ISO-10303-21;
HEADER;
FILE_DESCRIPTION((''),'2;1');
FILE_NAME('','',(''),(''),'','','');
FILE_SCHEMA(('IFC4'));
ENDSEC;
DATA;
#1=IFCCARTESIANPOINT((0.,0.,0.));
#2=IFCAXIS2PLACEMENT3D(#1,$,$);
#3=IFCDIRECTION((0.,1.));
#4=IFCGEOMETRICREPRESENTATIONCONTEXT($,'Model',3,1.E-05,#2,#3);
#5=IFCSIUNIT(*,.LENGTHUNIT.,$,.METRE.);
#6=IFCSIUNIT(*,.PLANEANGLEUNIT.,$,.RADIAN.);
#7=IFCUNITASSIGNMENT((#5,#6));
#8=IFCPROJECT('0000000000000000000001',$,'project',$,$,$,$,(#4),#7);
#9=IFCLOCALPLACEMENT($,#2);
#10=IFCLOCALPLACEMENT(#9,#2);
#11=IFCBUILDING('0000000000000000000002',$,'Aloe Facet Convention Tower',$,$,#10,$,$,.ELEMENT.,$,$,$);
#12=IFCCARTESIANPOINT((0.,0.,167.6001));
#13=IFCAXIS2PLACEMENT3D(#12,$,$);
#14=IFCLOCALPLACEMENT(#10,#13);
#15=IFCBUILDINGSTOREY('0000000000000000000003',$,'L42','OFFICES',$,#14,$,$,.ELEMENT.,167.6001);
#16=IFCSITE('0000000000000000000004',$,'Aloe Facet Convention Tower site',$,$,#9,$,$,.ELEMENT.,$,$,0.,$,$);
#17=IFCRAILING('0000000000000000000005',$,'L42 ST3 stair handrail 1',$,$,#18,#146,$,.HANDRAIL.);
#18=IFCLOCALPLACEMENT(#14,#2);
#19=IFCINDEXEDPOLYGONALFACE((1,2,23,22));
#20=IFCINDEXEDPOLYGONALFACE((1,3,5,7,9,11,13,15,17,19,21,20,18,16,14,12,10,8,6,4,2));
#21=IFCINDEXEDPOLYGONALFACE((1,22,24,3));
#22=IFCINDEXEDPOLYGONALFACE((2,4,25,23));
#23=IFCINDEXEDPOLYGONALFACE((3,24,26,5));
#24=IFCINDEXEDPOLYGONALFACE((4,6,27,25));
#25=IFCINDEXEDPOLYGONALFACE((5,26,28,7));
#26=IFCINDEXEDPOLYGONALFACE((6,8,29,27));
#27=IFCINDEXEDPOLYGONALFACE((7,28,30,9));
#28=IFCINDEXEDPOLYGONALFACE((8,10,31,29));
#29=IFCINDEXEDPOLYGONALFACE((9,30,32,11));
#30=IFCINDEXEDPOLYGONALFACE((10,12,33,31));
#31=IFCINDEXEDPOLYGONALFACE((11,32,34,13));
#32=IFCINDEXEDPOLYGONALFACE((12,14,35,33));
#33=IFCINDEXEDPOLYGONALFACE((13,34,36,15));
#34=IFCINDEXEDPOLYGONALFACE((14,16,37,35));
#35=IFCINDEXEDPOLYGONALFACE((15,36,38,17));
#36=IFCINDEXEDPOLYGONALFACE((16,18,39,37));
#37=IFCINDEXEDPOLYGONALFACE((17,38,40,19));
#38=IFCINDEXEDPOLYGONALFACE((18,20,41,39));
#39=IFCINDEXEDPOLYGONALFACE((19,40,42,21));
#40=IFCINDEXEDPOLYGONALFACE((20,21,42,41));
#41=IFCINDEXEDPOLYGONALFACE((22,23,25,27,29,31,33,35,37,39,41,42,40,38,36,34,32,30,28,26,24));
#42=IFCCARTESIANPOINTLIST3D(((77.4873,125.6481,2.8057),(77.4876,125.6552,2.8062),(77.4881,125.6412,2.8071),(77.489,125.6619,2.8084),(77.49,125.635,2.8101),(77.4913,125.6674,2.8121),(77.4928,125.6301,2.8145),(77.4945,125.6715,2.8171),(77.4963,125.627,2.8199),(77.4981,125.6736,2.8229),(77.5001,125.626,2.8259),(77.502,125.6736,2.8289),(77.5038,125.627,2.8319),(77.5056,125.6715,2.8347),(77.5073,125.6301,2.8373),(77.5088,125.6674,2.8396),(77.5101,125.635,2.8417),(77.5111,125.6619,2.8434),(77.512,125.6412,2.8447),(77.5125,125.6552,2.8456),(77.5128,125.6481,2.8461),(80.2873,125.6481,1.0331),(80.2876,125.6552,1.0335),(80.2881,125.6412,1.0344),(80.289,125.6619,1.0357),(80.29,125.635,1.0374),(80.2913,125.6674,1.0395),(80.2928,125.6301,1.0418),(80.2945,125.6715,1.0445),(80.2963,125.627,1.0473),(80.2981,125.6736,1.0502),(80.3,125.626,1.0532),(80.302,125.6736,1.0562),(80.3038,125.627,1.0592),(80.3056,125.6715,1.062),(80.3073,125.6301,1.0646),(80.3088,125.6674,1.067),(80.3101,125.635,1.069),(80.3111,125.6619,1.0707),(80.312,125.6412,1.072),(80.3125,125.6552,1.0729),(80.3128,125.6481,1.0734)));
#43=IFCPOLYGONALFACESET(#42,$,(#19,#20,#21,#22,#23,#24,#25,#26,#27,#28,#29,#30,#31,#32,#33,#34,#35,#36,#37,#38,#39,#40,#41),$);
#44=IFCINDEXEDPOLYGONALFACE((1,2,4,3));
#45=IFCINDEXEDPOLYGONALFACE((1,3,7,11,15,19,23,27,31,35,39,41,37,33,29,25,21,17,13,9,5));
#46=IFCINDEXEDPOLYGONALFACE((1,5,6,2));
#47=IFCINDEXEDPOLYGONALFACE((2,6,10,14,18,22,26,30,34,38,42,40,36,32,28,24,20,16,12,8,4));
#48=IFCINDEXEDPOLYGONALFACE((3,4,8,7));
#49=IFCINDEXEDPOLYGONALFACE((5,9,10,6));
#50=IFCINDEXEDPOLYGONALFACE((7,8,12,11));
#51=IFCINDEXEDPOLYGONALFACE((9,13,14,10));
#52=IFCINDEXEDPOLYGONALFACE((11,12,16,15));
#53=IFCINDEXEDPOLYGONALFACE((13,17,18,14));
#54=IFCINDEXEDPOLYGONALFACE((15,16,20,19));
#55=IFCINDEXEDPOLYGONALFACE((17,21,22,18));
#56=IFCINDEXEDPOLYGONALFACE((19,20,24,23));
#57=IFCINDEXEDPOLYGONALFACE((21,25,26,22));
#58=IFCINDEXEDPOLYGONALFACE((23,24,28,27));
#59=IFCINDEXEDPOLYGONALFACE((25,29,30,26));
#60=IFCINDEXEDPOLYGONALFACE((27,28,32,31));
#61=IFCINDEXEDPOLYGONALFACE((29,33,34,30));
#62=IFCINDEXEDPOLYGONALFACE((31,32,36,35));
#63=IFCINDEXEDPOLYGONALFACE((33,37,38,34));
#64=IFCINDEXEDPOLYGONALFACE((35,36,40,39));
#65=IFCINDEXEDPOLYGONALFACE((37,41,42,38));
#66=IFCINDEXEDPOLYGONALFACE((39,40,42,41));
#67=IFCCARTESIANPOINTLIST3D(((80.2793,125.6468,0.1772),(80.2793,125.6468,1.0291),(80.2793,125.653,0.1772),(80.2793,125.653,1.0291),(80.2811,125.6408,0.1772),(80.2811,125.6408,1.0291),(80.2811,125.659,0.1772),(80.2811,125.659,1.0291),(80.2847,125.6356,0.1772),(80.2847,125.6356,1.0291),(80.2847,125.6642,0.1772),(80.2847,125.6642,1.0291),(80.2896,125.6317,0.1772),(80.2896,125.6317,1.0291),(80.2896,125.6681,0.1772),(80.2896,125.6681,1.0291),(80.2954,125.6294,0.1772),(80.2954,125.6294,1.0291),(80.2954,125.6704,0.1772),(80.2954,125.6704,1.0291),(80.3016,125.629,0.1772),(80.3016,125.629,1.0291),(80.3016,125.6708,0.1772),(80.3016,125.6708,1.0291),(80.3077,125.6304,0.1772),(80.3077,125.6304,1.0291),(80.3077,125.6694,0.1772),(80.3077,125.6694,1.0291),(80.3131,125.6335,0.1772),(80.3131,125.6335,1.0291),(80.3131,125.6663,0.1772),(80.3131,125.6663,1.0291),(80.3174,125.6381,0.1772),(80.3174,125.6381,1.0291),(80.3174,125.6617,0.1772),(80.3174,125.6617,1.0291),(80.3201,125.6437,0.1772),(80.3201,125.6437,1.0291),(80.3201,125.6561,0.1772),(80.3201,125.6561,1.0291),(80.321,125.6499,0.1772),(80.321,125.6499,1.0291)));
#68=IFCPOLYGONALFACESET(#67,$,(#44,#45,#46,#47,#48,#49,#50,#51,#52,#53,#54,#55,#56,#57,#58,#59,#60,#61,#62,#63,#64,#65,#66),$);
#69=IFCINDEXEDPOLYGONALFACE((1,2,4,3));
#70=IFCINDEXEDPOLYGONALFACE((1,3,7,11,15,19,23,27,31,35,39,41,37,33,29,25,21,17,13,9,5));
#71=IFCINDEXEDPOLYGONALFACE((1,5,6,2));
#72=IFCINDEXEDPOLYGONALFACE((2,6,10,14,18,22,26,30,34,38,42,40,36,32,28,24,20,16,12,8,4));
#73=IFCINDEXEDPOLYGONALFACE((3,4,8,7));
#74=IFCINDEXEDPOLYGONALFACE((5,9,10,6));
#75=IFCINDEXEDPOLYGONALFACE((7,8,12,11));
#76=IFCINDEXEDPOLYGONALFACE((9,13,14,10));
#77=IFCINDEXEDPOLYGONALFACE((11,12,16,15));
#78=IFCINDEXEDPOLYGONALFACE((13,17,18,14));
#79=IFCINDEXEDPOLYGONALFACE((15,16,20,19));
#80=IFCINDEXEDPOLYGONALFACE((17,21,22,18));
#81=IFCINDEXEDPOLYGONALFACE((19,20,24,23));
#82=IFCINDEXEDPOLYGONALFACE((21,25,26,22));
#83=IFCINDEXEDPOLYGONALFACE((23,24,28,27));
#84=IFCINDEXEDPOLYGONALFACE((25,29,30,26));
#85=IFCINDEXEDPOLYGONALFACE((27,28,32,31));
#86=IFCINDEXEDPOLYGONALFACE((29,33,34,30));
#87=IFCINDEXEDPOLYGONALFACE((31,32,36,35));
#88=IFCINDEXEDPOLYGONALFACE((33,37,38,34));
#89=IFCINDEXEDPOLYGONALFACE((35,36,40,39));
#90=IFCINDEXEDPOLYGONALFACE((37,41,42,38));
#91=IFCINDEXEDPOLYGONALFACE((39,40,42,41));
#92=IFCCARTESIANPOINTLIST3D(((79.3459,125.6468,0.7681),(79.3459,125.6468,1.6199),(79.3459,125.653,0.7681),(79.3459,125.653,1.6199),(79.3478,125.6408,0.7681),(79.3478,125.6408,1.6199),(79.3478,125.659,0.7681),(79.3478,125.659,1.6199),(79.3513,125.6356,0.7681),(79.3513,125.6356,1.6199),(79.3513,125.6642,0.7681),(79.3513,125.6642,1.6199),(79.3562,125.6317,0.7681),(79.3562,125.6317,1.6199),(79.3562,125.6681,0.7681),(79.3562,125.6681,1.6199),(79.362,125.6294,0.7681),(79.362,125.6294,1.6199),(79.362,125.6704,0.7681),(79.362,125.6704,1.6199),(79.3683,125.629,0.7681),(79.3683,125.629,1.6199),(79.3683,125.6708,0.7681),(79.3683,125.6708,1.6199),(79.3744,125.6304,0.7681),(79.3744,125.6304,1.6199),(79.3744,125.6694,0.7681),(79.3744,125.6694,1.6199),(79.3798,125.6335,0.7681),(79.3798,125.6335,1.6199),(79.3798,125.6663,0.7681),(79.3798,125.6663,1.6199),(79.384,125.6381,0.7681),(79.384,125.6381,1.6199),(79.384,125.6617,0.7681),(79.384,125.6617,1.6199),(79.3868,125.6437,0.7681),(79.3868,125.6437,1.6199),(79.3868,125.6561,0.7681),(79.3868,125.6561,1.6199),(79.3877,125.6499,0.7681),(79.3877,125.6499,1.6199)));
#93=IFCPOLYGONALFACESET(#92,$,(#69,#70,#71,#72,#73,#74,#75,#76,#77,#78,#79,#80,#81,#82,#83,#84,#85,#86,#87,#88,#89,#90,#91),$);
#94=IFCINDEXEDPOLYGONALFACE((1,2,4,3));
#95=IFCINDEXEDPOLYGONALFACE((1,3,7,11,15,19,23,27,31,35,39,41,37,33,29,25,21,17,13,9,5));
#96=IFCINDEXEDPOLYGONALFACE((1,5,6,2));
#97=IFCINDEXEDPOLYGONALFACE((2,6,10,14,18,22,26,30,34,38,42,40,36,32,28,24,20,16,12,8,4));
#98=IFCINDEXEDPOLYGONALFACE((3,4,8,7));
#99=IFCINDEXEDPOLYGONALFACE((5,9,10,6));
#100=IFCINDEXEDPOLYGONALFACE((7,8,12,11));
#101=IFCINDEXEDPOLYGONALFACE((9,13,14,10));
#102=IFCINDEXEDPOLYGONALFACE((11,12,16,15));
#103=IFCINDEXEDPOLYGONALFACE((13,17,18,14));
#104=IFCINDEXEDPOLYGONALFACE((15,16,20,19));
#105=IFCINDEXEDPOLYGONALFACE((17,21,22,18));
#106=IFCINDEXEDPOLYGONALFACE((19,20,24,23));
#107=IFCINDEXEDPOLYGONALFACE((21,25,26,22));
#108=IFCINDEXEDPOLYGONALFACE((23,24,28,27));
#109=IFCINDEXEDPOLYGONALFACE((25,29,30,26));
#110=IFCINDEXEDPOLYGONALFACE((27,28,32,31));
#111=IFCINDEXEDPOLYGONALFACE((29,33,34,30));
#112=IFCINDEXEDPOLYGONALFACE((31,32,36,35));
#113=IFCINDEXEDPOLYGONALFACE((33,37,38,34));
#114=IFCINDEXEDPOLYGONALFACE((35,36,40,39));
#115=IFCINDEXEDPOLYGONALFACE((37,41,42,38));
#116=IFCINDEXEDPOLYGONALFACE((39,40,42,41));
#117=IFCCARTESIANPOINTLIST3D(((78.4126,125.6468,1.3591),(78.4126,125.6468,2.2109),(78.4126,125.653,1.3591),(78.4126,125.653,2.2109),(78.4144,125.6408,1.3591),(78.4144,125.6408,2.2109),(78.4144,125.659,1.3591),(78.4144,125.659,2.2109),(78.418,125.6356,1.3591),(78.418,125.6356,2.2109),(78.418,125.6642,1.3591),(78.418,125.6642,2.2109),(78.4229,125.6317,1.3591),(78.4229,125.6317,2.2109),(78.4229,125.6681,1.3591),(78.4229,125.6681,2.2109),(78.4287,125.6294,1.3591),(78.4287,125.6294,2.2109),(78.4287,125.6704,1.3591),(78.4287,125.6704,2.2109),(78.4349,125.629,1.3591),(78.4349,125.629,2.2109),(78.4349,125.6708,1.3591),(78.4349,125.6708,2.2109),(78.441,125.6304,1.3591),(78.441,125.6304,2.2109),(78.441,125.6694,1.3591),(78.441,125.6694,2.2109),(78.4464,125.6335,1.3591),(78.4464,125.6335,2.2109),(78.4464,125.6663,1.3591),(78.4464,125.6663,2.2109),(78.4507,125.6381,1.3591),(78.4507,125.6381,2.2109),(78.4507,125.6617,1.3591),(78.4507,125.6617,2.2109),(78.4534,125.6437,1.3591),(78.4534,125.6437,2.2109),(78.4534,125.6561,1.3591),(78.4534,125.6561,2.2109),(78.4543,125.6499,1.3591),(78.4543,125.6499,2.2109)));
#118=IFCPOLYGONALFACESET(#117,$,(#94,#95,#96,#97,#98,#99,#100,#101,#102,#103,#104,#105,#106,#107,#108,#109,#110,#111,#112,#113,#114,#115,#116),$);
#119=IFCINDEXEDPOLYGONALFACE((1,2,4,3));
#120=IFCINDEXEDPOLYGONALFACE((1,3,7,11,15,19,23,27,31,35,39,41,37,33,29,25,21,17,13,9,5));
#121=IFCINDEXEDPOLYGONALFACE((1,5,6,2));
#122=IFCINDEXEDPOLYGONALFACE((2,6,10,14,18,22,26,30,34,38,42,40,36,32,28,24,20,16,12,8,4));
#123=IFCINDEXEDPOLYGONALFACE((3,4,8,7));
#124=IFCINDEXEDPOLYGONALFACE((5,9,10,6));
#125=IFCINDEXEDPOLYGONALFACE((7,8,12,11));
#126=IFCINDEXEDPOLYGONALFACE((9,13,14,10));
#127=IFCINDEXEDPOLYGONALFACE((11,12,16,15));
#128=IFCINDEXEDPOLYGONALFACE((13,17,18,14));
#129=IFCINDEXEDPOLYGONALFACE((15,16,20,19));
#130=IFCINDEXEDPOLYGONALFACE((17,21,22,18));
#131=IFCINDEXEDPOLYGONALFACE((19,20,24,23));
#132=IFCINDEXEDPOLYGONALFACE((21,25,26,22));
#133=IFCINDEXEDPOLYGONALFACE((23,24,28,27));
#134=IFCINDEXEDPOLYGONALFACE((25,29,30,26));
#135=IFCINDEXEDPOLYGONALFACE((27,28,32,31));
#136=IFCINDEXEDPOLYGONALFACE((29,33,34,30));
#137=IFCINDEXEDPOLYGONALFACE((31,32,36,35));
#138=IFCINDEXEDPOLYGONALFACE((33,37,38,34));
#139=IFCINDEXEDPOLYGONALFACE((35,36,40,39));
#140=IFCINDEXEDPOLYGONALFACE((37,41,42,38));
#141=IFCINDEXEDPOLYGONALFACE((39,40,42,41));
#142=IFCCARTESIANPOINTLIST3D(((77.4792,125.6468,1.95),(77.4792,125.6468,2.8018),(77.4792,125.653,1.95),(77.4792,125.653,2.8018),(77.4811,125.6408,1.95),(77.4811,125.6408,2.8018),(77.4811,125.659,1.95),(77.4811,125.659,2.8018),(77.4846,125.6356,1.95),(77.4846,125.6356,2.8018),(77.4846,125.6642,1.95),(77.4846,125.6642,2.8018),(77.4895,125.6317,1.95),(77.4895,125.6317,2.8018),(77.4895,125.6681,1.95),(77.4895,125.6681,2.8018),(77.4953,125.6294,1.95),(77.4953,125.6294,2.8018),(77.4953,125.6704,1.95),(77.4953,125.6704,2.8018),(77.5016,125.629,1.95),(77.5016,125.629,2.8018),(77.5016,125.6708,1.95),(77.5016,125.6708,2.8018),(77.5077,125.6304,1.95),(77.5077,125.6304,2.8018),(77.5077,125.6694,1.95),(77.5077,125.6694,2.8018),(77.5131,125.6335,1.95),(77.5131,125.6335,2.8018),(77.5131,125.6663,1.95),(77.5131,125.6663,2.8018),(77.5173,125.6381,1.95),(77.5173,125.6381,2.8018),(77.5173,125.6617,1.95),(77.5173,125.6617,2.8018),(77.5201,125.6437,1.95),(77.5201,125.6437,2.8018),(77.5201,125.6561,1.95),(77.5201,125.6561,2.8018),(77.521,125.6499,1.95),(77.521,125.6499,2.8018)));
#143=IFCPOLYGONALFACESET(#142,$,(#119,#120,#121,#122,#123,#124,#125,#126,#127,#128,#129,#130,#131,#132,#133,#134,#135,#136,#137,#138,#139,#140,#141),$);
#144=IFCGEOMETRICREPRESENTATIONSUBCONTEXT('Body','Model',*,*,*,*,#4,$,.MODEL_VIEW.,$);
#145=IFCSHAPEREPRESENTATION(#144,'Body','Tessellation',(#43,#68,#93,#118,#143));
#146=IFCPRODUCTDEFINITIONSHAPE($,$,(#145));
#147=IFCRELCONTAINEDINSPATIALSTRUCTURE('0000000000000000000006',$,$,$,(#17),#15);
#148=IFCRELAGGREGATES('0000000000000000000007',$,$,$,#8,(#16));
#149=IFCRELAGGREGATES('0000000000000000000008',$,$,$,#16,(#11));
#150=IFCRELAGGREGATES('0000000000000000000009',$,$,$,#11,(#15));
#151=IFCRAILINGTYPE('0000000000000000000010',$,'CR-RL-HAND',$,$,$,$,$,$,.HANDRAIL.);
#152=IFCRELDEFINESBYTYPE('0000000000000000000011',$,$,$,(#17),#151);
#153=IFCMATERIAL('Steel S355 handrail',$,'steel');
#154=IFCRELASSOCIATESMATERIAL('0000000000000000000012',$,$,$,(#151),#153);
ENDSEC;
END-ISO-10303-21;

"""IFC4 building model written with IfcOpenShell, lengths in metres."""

from ifc_helpers import new_model, si_unit, direction, frame, origin, origin_2d, place, context, subcontext, project, spatial, circle, extrude, material, type_object, element, save


model = new_model("IFC4")

# Units and contexts
model_context = context("Model", 3, precision=1e-05, world=origin(), true_north=direction((0.0, 1.0)))
body_context = subcontext(model_context, "Body", "Model", "MODEL_VIEW")
ifc_project = project(units=[si_unit("LENGTHUNIT", "METRE"), si_unit("PLANEANGLEUNIT", "RADIAN")], contexts=[model_context])

# Site, building, storey
site_placement = place(None, origin())
site = spatial("IfcSite", under=ifc_project, at=site_placement, Name="Aloe Facet Convention Tower site", CompositionType="ELEMENT", RefElevation=0.0)
building_placement = place(site_placement, origin())
building = spatial("IfcBuilding", under=site, at=building_placement, Name="Aloe Facet Convention Tower", CompositionType="ELEMENT")
storey_placement = place(building_placement, frame((0.0, 0.0, 167.6001)))
storey = spatial("IfcBuildingStorey", under=building, at=storey_placement, Name="L42", Description="OFFICES", CompositionType="ELEMENT", Elevation=167.6001)

# Railing
ifc_material_1 = material(Name="Steel S355 handrail", Category="steel")
railing_type_1 = type_object("IfcRailingType", Name="CR-RL-HAND", PredefinedType="HANDRAIL", material=ifc_material_1)
railing_1_placement = place(storey_placement, frame((80.3, 125.6499, 0.1772)))
element("IfcRailing", 1, at=railing_1_placement, inside=storey, type_object=railing_type_1, Name="L42 ST3 stair handrail 1", PredefinedType="HANDRAIL", context=body_context, shape_type="SweptSolid", body=[
    extrude(circle(Radius=0.0239, at=origin_2d()), frame((0.0, 0.0, 0.876), z_axis=(-0.844909, 0.0, 0.53491), x_axis=(0.0, -1.0, 0.0)), (0.0, 0.0, 1.0), 3.314),
    extrude(circle(Radius=0.021, at=origin_2d()), origin(), (0.0, 0.0, 1.0), 0.8518),
    extrude(circle(Radius=0.021, at=origin_2d()), frame((-0.9333, 0.0, 0.5908)), (0.0, 0.0, 1.0), 0.8518),
    extrude(circle(Radius=0.021, at=origin_2d()), frame((-1.8667, 0.0, 1.1819)), (0.0, 0.0, 1.0), 0.8518),
    extrude(circle(Radius=0.021, at=origin_2d()), frame((-2.8, 0.0, 1.7727)), (0.0, 0.0, 1.0), 0.8518),
])

save(model, "model.ifc")
